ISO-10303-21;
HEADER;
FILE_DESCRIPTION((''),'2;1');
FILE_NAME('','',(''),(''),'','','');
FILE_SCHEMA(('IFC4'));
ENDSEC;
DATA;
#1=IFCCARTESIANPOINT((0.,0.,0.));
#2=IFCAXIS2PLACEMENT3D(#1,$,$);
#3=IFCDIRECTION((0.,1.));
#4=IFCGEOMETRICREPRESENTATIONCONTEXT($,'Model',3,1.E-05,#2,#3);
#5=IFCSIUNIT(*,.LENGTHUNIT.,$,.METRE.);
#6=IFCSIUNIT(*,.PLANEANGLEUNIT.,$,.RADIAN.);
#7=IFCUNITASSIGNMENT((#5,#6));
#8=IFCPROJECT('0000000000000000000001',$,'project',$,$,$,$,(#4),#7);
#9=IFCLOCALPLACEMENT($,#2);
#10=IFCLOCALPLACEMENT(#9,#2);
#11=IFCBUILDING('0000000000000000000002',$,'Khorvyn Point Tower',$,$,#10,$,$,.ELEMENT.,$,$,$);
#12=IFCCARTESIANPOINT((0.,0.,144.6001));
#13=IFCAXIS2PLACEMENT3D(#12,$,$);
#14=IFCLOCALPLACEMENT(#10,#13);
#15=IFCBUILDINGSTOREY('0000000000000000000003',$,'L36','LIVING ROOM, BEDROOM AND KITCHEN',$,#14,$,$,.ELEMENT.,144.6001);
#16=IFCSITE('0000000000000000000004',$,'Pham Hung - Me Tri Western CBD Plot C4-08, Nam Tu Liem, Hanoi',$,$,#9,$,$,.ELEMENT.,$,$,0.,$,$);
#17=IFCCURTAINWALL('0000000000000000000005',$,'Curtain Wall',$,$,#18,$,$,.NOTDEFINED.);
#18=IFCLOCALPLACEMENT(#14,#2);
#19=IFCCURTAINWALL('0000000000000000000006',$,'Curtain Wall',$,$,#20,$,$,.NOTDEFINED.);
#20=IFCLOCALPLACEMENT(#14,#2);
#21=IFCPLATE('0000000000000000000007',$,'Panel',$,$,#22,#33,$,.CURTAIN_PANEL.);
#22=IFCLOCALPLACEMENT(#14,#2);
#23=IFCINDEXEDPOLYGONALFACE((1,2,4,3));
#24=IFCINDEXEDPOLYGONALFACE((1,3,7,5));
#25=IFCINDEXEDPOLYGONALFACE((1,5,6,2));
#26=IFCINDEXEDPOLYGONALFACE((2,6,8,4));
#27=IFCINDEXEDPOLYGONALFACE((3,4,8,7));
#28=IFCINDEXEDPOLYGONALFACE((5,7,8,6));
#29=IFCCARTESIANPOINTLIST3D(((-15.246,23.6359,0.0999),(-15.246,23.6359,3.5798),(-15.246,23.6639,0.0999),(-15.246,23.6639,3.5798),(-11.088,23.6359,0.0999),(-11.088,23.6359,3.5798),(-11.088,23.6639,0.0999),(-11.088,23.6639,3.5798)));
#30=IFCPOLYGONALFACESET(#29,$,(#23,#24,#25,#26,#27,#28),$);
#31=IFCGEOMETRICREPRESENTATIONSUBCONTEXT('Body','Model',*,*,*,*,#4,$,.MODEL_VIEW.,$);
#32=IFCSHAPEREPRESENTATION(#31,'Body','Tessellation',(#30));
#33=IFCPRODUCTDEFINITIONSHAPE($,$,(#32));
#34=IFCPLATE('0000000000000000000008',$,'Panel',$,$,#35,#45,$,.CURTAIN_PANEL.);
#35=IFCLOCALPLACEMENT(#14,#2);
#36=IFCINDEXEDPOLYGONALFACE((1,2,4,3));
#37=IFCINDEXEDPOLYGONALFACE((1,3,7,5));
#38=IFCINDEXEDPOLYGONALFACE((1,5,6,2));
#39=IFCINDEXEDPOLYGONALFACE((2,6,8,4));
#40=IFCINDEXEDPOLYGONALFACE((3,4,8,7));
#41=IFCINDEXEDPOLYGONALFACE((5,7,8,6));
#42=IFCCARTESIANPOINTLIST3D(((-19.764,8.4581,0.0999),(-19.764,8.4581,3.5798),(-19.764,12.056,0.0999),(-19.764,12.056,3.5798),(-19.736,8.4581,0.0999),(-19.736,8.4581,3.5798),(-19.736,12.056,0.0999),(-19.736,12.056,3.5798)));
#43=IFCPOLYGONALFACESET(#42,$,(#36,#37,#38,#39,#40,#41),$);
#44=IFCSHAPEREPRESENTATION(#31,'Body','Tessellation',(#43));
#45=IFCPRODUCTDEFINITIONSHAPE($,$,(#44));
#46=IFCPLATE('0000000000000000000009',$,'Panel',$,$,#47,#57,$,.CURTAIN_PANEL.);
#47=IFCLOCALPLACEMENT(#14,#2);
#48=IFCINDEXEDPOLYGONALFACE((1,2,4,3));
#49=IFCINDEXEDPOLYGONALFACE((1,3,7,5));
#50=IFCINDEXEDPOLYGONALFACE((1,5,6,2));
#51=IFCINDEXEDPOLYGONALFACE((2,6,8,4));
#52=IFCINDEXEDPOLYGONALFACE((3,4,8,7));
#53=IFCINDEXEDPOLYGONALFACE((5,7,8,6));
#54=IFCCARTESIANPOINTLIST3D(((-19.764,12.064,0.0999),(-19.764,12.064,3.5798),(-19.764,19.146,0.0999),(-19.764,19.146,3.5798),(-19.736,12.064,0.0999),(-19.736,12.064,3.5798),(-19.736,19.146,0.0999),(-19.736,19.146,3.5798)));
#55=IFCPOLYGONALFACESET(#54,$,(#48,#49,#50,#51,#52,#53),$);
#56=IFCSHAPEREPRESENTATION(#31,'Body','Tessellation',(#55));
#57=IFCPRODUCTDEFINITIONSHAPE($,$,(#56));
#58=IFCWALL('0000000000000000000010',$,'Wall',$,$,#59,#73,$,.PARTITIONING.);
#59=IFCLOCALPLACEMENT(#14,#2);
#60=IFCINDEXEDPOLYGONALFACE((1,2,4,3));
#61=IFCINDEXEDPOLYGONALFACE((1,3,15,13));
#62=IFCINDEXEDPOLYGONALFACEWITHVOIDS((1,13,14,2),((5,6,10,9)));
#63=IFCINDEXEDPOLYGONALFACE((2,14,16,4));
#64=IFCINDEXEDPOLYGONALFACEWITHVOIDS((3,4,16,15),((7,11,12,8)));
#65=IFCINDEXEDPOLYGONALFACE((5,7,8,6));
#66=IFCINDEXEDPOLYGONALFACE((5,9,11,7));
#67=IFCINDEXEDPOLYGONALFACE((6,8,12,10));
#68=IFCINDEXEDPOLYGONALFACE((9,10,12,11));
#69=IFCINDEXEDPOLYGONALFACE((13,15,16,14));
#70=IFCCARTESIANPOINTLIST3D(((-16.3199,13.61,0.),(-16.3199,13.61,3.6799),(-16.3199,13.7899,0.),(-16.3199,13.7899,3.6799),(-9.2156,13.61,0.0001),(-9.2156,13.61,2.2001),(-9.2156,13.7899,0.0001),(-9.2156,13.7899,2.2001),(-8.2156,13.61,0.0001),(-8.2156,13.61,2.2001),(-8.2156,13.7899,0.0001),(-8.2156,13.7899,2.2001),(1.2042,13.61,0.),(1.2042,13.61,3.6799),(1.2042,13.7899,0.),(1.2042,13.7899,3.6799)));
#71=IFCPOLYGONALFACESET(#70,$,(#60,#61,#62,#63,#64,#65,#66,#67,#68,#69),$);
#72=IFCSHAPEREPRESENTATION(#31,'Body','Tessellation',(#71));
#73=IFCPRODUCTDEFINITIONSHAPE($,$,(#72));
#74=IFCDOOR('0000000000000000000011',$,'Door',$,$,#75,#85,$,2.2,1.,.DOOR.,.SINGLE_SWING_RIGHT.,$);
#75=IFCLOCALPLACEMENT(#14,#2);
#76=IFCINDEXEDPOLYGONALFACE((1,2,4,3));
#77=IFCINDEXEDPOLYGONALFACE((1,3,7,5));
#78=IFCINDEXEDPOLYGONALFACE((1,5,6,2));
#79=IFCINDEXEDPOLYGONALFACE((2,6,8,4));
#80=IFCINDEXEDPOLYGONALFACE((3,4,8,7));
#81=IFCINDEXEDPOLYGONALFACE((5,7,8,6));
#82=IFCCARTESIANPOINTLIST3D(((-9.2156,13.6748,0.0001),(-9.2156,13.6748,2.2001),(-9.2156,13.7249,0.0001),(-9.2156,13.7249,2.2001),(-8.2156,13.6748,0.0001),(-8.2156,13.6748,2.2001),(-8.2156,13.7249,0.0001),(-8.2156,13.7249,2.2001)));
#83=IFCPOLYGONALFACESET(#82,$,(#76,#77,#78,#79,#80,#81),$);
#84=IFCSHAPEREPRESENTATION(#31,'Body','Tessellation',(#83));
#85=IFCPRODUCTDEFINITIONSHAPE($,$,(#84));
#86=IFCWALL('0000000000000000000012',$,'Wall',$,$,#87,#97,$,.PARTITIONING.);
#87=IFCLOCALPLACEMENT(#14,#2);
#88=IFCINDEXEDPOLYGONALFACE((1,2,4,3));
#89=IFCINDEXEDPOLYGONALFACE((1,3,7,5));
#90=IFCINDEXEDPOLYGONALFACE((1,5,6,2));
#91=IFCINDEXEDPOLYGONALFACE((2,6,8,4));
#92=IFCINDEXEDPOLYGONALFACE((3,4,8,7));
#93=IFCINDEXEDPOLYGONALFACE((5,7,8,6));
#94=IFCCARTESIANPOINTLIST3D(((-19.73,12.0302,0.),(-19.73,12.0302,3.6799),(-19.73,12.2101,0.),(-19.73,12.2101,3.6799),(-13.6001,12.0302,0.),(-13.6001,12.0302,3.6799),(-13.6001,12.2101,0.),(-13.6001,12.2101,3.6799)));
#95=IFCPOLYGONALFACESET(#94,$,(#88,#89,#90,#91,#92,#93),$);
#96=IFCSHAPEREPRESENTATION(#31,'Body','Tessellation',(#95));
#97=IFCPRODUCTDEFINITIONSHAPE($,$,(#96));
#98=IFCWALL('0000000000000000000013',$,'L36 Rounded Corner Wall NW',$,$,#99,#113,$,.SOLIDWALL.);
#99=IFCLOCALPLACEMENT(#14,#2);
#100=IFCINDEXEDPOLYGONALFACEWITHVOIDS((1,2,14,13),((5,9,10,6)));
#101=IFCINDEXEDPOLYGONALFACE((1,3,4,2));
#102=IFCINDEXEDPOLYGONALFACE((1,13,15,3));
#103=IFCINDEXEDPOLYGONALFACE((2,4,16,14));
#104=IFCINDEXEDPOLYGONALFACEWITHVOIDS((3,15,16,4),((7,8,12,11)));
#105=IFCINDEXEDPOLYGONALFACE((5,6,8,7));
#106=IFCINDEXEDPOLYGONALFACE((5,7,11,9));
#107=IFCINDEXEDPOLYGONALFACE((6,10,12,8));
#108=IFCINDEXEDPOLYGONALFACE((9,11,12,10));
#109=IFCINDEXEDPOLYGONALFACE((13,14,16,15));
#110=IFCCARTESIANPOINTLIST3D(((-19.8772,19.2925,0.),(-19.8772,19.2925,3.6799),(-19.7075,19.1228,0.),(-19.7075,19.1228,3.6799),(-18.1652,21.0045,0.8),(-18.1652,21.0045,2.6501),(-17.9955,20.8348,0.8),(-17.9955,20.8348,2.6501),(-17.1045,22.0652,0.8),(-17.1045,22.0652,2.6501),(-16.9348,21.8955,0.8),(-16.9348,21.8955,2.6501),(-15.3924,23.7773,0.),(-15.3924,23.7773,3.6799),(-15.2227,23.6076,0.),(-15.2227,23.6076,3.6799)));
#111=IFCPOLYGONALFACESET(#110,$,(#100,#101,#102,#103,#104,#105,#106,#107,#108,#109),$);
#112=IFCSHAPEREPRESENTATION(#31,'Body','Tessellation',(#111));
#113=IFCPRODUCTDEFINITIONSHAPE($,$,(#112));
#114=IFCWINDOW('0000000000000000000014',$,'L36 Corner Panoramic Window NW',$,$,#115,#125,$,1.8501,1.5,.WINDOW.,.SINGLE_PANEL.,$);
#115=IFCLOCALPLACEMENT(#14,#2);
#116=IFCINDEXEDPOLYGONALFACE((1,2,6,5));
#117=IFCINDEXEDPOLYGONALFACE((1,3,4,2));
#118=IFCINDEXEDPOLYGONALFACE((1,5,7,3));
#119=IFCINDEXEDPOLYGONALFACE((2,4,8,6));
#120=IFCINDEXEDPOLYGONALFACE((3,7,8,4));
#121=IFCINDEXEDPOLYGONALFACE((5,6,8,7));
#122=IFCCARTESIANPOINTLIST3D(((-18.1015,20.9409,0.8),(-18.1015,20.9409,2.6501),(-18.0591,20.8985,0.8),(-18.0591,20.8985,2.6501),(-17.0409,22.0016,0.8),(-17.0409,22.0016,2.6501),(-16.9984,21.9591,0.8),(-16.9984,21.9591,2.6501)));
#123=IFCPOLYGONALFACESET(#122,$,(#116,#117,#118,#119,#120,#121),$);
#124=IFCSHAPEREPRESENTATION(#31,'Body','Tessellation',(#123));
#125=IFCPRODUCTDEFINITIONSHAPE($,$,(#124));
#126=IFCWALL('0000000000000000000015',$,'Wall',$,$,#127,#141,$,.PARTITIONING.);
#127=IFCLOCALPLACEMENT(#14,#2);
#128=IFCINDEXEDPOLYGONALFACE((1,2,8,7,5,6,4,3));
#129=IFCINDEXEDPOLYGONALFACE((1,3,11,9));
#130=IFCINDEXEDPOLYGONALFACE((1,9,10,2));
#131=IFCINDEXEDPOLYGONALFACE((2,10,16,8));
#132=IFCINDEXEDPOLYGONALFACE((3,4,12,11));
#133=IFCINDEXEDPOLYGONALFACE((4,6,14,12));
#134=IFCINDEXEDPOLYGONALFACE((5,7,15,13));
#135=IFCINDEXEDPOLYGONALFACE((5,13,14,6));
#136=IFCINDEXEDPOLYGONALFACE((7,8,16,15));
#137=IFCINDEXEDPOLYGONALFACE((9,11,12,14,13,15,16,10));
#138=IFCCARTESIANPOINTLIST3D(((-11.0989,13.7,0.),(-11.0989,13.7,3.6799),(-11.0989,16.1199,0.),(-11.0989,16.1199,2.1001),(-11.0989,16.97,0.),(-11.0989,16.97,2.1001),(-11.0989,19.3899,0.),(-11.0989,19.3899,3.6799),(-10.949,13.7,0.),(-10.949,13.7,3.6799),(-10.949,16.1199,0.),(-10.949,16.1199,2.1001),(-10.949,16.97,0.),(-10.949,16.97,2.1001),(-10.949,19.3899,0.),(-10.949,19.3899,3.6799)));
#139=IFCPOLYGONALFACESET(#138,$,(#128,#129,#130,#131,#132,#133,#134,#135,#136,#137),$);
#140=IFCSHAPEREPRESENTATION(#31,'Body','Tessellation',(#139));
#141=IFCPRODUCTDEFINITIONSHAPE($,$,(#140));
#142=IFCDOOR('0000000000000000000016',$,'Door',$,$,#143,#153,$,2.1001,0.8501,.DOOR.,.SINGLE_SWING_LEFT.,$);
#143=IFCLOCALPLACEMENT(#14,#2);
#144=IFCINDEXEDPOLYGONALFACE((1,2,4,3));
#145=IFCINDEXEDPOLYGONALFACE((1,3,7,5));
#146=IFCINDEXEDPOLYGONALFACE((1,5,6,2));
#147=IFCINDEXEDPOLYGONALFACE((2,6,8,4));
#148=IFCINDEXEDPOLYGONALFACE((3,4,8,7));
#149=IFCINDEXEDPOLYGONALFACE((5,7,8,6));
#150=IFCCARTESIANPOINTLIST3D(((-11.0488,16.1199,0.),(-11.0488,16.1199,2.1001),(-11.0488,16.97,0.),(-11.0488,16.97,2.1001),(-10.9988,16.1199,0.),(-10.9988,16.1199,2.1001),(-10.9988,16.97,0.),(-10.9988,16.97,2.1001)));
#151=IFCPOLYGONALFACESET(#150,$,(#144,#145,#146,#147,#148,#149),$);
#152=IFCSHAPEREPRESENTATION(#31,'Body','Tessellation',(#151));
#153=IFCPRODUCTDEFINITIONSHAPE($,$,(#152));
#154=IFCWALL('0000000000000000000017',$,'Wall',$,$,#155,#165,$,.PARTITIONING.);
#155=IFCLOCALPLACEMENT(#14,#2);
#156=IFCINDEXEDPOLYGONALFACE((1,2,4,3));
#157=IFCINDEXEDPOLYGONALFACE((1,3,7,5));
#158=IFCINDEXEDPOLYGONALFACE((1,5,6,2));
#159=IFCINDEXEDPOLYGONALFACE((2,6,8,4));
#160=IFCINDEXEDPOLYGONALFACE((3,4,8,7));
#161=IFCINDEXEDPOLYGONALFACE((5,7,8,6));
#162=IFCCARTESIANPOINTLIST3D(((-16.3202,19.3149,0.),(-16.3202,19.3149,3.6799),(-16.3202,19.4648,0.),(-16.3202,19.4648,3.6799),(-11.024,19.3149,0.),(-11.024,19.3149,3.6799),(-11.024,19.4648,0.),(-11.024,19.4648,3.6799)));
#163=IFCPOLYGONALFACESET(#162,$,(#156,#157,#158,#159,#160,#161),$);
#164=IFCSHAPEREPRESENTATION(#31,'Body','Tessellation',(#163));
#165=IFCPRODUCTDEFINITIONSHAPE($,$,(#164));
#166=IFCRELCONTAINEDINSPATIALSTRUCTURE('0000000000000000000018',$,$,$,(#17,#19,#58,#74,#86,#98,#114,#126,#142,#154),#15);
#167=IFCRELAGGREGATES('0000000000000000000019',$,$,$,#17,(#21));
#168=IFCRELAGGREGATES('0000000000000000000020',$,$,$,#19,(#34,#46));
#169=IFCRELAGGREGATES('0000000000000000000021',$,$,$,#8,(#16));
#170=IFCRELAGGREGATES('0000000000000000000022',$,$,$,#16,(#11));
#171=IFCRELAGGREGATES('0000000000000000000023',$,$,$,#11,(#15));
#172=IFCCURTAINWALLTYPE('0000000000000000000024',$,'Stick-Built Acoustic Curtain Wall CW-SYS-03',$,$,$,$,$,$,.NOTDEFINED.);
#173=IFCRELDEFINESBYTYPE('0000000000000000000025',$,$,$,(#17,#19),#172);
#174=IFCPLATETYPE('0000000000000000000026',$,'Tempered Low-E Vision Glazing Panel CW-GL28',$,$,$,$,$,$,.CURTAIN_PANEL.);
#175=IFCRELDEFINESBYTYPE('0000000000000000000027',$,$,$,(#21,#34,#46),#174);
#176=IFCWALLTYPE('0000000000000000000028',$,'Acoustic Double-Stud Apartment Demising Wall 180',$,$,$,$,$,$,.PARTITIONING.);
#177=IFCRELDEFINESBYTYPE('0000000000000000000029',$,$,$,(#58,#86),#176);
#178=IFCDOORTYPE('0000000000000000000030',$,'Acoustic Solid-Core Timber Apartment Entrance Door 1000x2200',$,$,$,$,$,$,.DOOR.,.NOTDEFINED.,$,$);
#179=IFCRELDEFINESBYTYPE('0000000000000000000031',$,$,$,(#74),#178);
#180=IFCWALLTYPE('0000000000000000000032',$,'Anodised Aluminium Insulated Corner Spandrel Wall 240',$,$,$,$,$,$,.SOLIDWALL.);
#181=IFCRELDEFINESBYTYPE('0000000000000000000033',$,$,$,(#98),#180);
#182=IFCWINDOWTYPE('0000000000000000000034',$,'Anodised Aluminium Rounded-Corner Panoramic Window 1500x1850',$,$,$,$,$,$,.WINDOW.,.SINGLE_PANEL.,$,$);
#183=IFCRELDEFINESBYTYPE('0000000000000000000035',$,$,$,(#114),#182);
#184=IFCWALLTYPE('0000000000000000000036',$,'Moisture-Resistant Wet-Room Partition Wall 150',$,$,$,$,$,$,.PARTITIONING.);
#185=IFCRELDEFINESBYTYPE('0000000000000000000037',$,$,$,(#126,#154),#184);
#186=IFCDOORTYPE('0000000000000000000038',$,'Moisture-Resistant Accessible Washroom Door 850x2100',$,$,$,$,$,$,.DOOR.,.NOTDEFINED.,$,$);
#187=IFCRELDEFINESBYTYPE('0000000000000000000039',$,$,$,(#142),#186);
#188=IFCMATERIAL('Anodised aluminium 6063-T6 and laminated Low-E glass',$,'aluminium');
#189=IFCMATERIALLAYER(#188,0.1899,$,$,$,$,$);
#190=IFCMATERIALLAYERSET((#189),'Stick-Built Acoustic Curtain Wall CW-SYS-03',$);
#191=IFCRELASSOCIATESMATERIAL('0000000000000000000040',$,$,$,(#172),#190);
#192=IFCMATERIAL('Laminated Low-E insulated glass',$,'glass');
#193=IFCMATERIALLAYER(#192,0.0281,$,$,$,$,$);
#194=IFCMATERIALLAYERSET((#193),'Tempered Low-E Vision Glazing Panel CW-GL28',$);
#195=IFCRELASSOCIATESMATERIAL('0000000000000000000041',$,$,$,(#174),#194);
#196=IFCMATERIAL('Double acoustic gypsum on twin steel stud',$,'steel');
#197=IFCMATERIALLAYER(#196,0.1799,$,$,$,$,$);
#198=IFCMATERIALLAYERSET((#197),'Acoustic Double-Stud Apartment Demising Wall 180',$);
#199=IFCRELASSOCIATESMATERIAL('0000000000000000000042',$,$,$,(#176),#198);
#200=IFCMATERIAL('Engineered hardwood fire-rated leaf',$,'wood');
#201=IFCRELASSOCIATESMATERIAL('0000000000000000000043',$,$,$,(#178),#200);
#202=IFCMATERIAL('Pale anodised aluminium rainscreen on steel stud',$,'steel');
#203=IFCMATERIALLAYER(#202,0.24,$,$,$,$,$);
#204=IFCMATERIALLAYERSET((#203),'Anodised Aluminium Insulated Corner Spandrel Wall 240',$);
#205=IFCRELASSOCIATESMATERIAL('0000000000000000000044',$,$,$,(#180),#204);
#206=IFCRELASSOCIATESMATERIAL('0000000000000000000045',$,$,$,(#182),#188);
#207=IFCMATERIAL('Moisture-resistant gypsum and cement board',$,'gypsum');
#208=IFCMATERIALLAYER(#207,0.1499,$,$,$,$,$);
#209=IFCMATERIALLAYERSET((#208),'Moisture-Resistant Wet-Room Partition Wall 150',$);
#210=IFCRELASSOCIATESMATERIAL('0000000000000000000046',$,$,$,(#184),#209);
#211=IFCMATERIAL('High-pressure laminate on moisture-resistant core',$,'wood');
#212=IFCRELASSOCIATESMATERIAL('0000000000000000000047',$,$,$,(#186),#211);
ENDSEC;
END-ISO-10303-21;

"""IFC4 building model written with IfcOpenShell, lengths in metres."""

from ifc_helpers import new_model, si_unit, direction, frame, frame_2d, origin, origin_2d, place, context, subcontext, project, spatial, rectangle, extrude, material, layer, layer_set, type_object, element, fill, aggregate, save


model = new_model("IFC4")

# Units and contexts
model_context = context("Model", 3, precision=1e-05, world=origin(), true_north=direction((0.0, 1.0)))
body_context = subcontext(model_context, "Body", "Model", "MODEL_VIEW")
ifc_project = project(units=[si_unit("LENGTHUNIT", "METRE"), si_unit("PLANEANGLEUNIT", "RADIAN")], contexts=[model_context])

# Site, building, storey
site_placement = place(None, origin())
site = spatial("IfcSite", under=ifc_project, at=site_placement, Name="Pham Hung - Me Tri Western CBD Plot C4-08, Nam Tu Liem, Hanoi", CompositionType="ELEMENT", RefElevation=0.0)
building_placement = place(site_placement, origin())
building = spatial("IfcBuilding", under=site, at=building_placement, Name="Khorvyn Point Tower", CompositionType="ELEMENT")
storey_placement = place(building_placement, frame((0.0, 0.0, 144.6001)))
storey = spatial("IfcBuildingStorey", under=building, at=storey_placement, Name="L36", Description="LIVING ROOM, BEDROOM AND KITCHEN", CompositionType="ELEMENT", Elevation=144.6001)

# Curtain walls
ifc_material_1 = material(Name="Anodised aluminium 6063-T6 and laminated Low-E glass", Category="aluminium")
ifc_layer_1 = layer(ifc_material_1, 0.1899)
ifc_layer_set_1 = layer_set([ifc_layer_1], Name="Stick-Built Acoustic Curtain Wall CW-SYS-03")
curtain_wall_type = type_object("IfcCurtainWallType", Name="Stick-Built Acoustic Curtain Wall CW-SYS-03", PredefinedType="NOTDEFINED", material=ifc_layer_set_1)
curtain_wall_1_placement = place(storey_placement, origin())
curtain_wall_1 = element("IfcCurtainWall", 1, at=curtain_wall_1_placement, inside=storey, type_object=curtain_wall_type, Name="Curtain Wall", PredefinedType="NOTDEFINED")
curtain_wall_2_placement = place(storey_placement, origin())
curtain_wall_2 = element("IfcCurtainWall", 2, at=curtain_wall_2_placement, inside=storey, type_object=curtain_wall_type, Name="Curtain Wall", PredefinedType="NOTDEFINED")

# Plates
ifc_material_2 = material(Name="Laminated Low-E insulated glass", Category="glass")
ifc_layer_2 = layer(ifc_material_2, 0.0281)
ifc_layer_set_2 = layer_set([ifc_layer_2], Name="Tempered Low-E Vision Glazing Panel CW-GL28")
plate_type = type_object("IfcPlateType", Name="Tempered Low-E Vision Glazing Panel CW-GL28", PredefinedType="CURTAIN_PANEL", material=ifc_layer_set_2)
plate_1_placement = place(storey_placement, frame((-13.167, 23.6499, 0.0999), z_axis=(0.0, 0.0, 1.0), x_axis=(1.0, 0.0, 0.0)))
plate_1 = element("IfcPlate", 3, at=plate_1_placement, type_object=plate_type, Name="Panel", PredefinedType="CURTAIN_PANEL", context=body_context, shape_type="SweptSolid", body=[
    extrude(rectangle(XDim=4.158, YDim=0.0281, at=origin_2d()), origin(), (0.0, 0.0, 1.0), 3.48),
])
aggregate(curtain_wall_1, [plate_1])
plate_2_placement = place(storey_placement, frame((-19.75, 10.2571, 0.0999), z_axis=(0.0, 0.0, 1.0), x_axis=(0.0, 1.0, 0.0)))
plate_2 = element("IfcPlate", 4, at=plate_2_placement, type_object=plate_type, Name="Panel", PredefinedType="CURTAIN_PANEL", context=body_context, shape_type="SweptSolid", body=[
    extrude(rectangle(XDim=3.5979, YDim=0.0281, at=origin_2d()), origin(), (0.0, 0.0, 1.0), 3.48),
])
plate_3_placement = place(storey_placement, frame((-19.75, 15.605, 0.0999), z_axis=(0.0, 0.0, 1.0), x_axis=(0.0, 1.0, 0.0)))
plate_3 = element("IfcPlate", 5, at=plate_3_placement, type_object=plate_type, Name="Panel", PredefinedType="CURTAIN_PANEL", context=body_context, shape_type="SweptSolid", body=[
    extrude(rectangle(XDim=7.082, YDim=0.0281, at=origin_2d()), origin(), (0.0, 0.0, 1.0), 3.48),
])
aggregate(curtain_wall_2, [plate_2, plate_3])

# Wall, opening, door
ifc_material_3 = material(Name="Double acoustic gypsum on twin steel stud", Category="steel")
ifc_layer_3 = layer(ifc_material_3, 0.1799)
ifc_layer_set_3 = layer_set([ifc_layer_3], Name="Acoustic Double-Stud Apartment Demising Wall 180")
wall_type_1 = type_object("IfcWallType", Name="Acoustic Double-Stud Apartment Demising Wall 180", PredefinedType="PARTITIONING", material=ifc_layer_set_3)
wall_1_placement = place(storey_placement, frame((-16.3201, 13.7, 0.0), z_axis=(0.0, 0.0, 1.0), x_axis=(1.0, 0.0, 0.0)))
wall_1 = element("IfcWall", 6, at=wall_1_placement, inside=storey, type_object=wall_type_1, Name="Wall", PredefinedType="PARTITIONING", context=body_context, shape_type="SweptSolid", body=[
    extrude(rectangle(XDim=17.5242, YDim=0.1799, at=frame_2d((8.7622, 0.0))), origin(), (0.0, 0.0, 1.0), 3.6799),
])
opening_1_placement = place(wall_1_placement, frame((7.1045, 0.0, 0.0)))
opening_1 = element("IfcOpeningElement", 7, at=opening_1_placement, cuts=wall_1, PredefinedType="OPENING", context=body_context, shape_type="SweptSolid", body=[
    extrude(rectangle(XDim=1.0, YDim=2.2, at=frame_2d((0.5, 1.1001))), frame((0.0, 0.0999, 0.0), z_axis=(0.0, -1.0, 0.0), x_axis=(1.0, 0.0, 0.0)), (0.0, 0.0, 1.0), 0.2),
])
ifc_material_4 = material(Name="Engineered hardwood fire-rated leaf", Category="wood")
door_type_1 = type_object("IfcDoorType", Name="Acoustic Solid-Core Timber Apartment Entrance Door 1000x2200", OperationType="NOTDEFINED", PredefinedType="DOOR", material=ifc_material_4)
door_1_placement = place(opening_1_placement, origin())
door_1 = element("IfcDoor", 8, at=door_1_placement, inside=storey, type_object=door_type_1, Name="Door", OperationType="SINGLE_SWING_RIGHT", OverallHeight=2.2, OverallWidth=1.0, PredefinedType="DOOR", context=body_context, shape_type="SweptSolid", body=[
    extrude(rectangle(XDim=1.0, YDim=2.2, at=frame_2d((0.5, 1.1001))), frame((0.0, 0.0249, 0.0), z_axis=(0.0, -1.0, 0.0), x_axis=(1.0, 0.0, 0.0)), (0.0, 0.0, 1.0), 0.05),
])
fill(opening_1, door_1)

# Wall
wall_2_placement = place(storey_placement, frame((-19.73, 12.1201, 0.0), z_axis=(0.0, 0.0, 1.0), x_axis=(1.0, 0.0, 0.0)))
element("IfcWall", 9, at=wall_2_placement, inside=storey, type_object=wall_type_1, Name="Wall", PredefinedType="PARTITIONING", context=body_context, shape_type="SweptSolid", body=[
    extrude(rectangle(XDim=6.1299, YDim=0.1799, at=frame_2d((3.0649, 0.0))), origin(), (0.0, 0.0, 1.0), 3.6799),
])

# Wall, opening, window
ifc_material_5 = material(Name="Pale anodised aluminium rainscreen on steel stud", Category="steel")
ifc_layer_4 = layer(ifc_material_5, 0.24)
ifc_layer_set_4 = layer_set([ifc_layer_4], Name="Anodised Aluminium Insulated Corner Spandrel Wall 240")
wall_type_2 = type_object("IfcWallType", Name="Anodised Aluminium Insulated Corner Spandrel Wall 240", PredefinedType="SOLIDWALL", material=ifc_layer_set_4)
wall_3_placement = place(storey_placement, frame((-19.7925, 19.2075, 0.0), z_axis=(0.0, 0.0, 1.0), x_axis=(0.707107, 0.707107, 0.0)))
wall_3 = element("IfcWall", 10, at=wall_3_placement, inside=storey, type_object=wall_type_2, Name="L36 Rounded Corner Wall NW", PredefinedType="SOLIDWALL", context=body_context, shape_type="SweptSolid", body=[
    extrude(rectangle(XDim=6.3425, YDim=0.24, at=frame_2d((3.1714, 0.0))), origin(), (0.0, 0.0, 1.0), 3.6799),
])
opening_2_placement = place(wall_3_placement, frame((2.4214, 0.0, 0.8)))
opening_2 = element("IfcOpeningElement", 11, at=opening_2_placement, cuts=wall_3, PredefinedType="OPENING", context=body_context, shape_type="SweptSolid", body=[
    extrude(rectangle(XDim=1.5, YDim=1.8501, at=frame_2d((0.75, 0.925))), frame((0.0, 0.1299, 0.0), z_axis=(0.0, -1.0, 0.0), x_axis=(1.0, 0.0, 0.0)), (0.0, 0.0, 1.0), 0.26),
])
window_type = type_object("IfcWindowType", Name="Anodised Aluminium Rounded-Corner Panoramic Window 1500x1850", PartitioningType="SINGLE_PANEL", PredefinedType="WINDOW", material=ifc_material_1)
window_placement = place(opening_2_placement, origin())
window = element("IfcWindow", 12, at=window_placement, inside=storey, type_object=window_type, Name="L36 Corner Panoramic Window NW", OverallHeight=1.8501, OverallWidth=1.5, PartitioningType="SINGLE_PANEL", PredefinedType="WINDOW", context=body_context, shape_type="SweptSolid", body=[
    extrude(rectangle(XDim=1.5, YDim=1.8501, at=frame_2d((0.75, 0.925))), frame((0.0, 0.03, 0.0), z_axis=(0.0, -1.0, 0.0), x_axis=(1.0, 0.0, 0.0)), (0.0, 0.0, 1.0), 0.0601),
])
fill(opening_2, window)

# Wall, opening, door
ifc_material_6 = material(Name="Moisture-resistant gypsum and cement board", Category="gypsum")
ifc_layer_5 = layer(ifc_material_6, 0.1499)
ifc_layer_set_5 = layer_set([ifc_layer_5], Name="Moisture-Resistant Wet-Room Partition Wall 150")
wall_type_3 = type_object("IfcWallType", Name="Moisture-Resistant Wet-Room Partition Wall 150", PredefinedType="PARTITIONING", material=ifc_layer_set_5)
wall_4_placement = place(storey_placement, frame((-11.0239, 13.7, 0.0), z_axis=(0.0, 0.0, 1.0), x_axis=(0.0, 1.0, 0.0)))
wall_4 = element("IfcWall", 13, at=wall_4_placement, inside=storey, type_object=wall_type_3, Name="Wall", PredefinedType="PARTITIONING", context=body_context, shape_type="SweptSolid", body=[
    extrude(rectangle(XDim=5.6899, YDim=0.1499, at=frame_2d((2.845, 0.0))), origin(), (0.0, 0.0, 1.0), 3.6799),
])
opening_3_placement = place(wall_4_placement, frame((2.4199, 0.0, 0.0)))
opening_3 = element("IfcOpeningElement", 14, at=opening_3_placement, cuts=wall_4, PredefinedType="OPENING", context=body_context, shape_type="SweptSolid", body=[
    extrude(rectangle(XDim=0.8501, YDim=2.1001, at=frame_2d((0.425, 1.05))), frame((0.0, 0.085, 0.0), z_axis=(0.0, -1.0, 0.0), x_axis=(1.0, 0.0, 0.0)), (0.0, 0.0, 1.0), 0.1699),
])
ifc_material_7 = material(Name="High-pressure laminate on moisture-resistant core", Category="wood")
door_type_2 = type_object("IfcDoorType", Name="Moisture-Resistant Accessible Washroom Door 850x2100", OperationType="NOTDEFINED", PredefinedType="DOOR", material=ifc_material_7)
door_2_placement = place(opening_3_placement, origin())
door_2 = element("IfcDoor", 15, at=door_2_placement, inside=storey, type_object=door_type_2, Name="Door", OperationType="SINGLE_SWING_LEFT", OverallHeight=2.1001, OverallWidth=0.8501, PredefinedType="DOOR", context=body_context, shape_type="SweptSolid", body=[
    extrude(rectangle(XDim=0.8501, YDim=2.1001, at=frame_2d((0.425, 1.05))), frame((0.0, 0.0249, 0.0), z_axis=(0.0, -1.0, 0.0), x_axis=(1.0, 0.0, 0.0)), (0.0, 0.0, 1.0), 0.05),
])
fill(opening_3, door_2)

# Wall
wall_5_placement = place(storey_placement, frame((-16.3201, 19.3899, 0.0), z_axis=(0.0, 0.0, 1.0), x_axis=(1.0, 0.0, 0.0)))
element("IfcWall", 16, at=wall_5_placement, inside=storey, type_object=wall_type_3, Name="Wall", PredefinedType="PARTITIONING", context=body_context, shape_type="SweptSolid", body=[
    extrude(rectangle(XDim=5.2961, YDim=0.1499, at=frame_2d((2.6479, 0.0))), origin(), (0.0, 0.0, 1.0), 3.6799),
])

save(model, "model.ifc")
